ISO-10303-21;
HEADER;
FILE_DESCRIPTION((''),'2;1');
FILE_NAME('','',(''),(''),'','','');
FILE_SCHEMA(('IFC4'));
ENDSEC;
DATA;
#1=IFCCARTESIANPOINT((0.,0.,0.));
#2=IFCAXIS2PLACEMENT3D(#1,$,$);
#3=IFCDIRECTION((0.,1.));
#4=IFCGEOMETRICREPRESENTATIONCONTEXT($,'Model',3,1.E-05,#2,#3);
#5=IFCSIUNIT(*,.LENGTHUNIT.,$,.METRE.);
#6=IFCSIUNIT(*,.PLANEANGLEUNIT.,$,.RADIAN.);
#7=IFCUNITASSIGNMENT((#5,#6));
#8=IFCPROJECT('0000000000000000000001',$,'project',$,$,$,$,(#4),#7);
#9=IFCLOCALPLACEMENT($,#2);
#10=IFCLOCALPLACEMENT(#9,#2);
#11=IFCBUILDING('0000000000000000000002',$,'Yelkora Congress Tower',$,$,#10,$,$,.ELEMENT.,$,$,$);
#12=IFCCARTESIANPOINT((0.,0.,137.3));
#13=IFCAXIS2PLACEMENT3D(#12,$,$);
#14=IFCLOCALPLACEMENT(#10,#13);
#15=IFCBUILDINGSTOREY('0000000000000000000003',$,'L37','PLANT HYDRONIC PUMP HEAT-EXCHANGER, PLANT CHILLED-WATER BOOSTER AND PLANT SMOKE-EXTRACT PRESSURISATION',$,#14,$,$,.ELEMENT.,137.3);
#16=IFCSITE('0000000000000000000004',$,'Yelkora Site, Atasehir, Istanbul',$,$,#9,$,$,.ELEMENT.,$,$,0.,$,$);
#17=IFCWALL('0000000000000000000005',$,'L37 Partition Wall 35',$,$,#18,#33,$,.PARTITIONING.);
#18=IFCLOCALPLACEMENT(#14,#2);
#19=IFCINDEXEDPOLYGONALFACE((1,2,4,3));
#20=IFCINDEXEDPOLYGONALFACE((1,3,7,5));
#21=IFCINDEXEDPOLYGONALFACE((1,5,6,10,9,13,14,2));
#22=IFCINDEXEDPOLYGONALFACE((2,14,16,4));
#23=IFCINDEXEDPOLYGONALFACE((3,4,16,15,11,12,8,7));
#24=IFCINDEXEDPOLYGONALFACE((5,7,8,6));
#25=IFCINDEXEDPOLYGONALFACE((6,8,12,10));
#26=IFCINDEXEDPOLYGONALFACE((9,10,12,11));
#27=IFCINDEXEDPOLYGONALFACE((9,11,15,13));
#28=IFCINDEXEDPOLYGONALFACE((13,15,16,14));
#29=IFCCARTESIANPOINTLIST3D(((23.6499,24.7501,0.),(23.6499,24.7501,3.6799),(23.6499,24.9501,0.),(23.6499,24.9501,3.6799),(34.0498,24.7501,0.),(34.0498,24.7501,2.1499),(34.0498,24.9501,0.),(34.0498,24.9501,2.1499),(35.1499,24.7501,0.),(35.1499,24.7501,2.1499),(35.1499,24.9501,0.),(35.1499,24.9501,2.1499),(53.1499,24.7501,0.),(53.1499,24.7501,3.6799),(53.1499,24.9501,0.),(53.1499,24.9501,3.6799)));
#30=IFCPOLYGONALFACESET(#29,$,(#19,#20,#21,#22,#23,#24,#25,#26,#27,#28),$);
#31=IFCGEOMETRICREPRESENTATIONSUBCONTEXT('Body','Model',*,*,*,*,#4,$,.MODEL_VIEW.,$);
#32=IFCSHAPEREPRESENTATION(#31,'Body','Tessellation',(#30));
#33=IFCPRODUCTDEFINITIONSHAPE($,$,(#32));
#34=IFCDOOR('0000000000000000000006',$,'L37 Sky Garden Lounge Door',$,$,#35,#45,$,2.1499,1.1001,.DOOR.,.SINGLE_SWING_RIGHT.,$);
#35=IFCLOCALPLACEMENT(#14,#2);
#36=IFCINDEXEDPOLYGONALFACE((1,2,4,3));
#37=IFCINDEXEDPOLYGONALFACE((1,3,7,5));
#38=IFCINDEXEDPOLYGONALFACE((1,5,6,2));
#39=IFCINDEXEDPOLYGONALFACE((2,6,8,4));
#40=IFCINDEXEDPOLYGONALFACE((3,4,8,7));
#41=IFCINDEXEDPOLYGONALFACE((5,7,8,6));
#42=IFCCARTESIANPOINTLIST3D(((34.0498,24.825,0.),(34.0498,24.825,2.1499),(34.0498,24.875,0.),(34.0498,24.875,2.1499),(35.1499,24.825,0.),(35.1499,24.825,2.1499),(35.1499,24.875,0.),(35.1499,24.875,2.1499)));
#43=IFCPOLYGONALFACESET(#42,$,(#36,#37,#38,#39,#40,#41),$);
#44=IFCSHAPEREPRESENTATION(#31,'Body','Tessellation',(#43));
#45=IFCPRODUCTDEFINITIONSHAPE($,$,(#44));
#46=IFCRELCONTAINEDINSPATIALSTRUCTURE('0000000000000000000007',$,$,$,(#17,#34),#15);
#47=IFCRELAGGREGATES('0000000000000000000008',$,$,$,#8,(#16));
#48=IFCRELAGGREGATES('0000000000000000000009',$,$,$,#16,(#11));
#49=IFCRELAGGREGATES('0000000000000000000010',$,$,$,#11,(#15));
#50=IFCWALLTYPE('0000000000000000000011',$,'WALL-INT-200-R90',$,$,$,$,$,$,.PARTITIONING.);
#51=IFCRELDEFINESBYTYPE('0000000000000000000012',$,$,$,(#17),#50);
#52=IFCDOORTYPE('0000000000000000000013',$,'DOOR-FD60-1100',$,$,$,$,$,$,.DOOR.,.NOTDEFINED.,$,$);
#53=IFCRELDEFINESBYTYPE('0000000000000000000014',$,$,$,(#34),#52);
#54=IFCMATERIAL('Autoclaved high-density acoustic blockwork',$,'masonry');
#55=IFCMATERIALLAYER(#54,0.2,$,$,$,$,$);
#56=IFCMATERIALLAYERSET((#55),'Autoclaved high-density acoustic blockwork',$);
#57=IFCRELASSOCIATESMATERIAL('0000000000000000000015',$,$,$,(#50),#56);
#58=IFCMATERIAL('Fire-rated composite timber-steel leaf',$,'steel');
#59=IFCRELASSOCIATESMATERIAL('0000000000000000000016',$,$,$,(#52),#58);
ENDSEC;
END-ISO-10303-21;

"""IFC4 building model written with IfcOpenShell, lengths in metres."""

from ifc_helpers import new_model, si_unit, direction, frame, frame_2d, origin, place, context, subcontext, project, spatial, rectangle, extrude, material, layer, layer_set, type_object, element, fill, save


model = new_model("IFC4")

# Units and contexts
model_context = context("Model", 3, precision=1e-05, world=origin(), true_north=direction((0.0, 1.0)))
body_context = subcontext(model_context, "Body", "Model", "MODEL_VIEW")
ifc_project = project(units=[si_unit("LENGTHUNIT", "METRE"), si_unit("PLANEANGLEUNIT", "RADIAN")], contexts=[model_context])

# Site, building, storey
site_placement = place(None, origin())
site = spatial("IfcSite", under=ifc_project, at=site_placement, Name="Yelkora Site, Atasehir, Istanbul", CompositionType="ELEMENT", RefElevation=0.0)
building_placement = place(site_placement, origin())
building = spatial("IfcBuilding", under=site, at=building_placement, Name="Yelkora Congress Tower", CompositionType="ELEMENT")
storey_placement = place(building_placement, frame((0.0, 0.0, 137.3)))
storey = spatial("IfcBuildingStorey", under=building, at=storey_placement, Name="L37", Description="PLANT HYDRONIC PUMP HEAT-EXCHANGER, PLANT CHILLED-WATER BOOSTER AND PLANT SMOKE-EXTRACT PRESSURISATION", CompositionType="ELEMENT", Elevation=137.3)

# Wall, opening, door
ifc_material_1 = material(Name="Autoclaved high-density acoustic blockwork", Category="masonry")
ifc_layer_1 = layer(ifc_material_1, 0.2)
ifc_layer_set_1 = layer_set([ifc_layer_1], Name="Autoclaved high-density acoustic blockwork")
wall_type_1 = type_object("IfcWallType", Name="WALL-INT-200-R90", PredefinedType="PARTITIONING", material=ifc_layer_set_1)
wall_1_placement = place(storey_placement, frame((23.6499, 24.8501, 0.0), z_axis=(0.0, 0.0, 1.0), x_axis=(1.0, 0.0, 0.0)))
wall_1 = element("IfcWall", 1, at=wall_1_placement, inside=storey, type_object=wall_type_1, Name="L37 Partition Wall 35", PredefinedType="PARTITIONING", context=body_context, shape_type="SweptSolid", body=[
    extrude(rectangle(XDim=29.5, YDim=0.2, at=frame_2d((14.75, 0.0))), origin(), (0.0, 0.0, 1.0), 3.6799),
])
opening_1_placement = place(wall_1_placement, frame((10.3999, 0.0, 0.0)))
opening_1 = element("IfcOpeningElement", 2, at=opening_1_placement, cuts=wall_1, PredefinedType="OPENING", context=body_context, shape_type="SweptSolid", body=[
    extrude(rectangle(XDim=1.1001, YDim=2.1499, at=frame_2d((0.55, 1.075))), frame((0.0, 0.1099, 0.0), z_axis=(0.0, -1.0, 0.0), x_axis=(1.0, 0.0, 0.0)), (0.0, 0.0, 1.0), 0.22),
])
ifc_material_2 = material(Name="Fire-rated composite timber-steel leaf", Category="steel")
door_type_1 = type_object("IfcDoorType", Name="DOOR-FD60-1100", OperationType="NOTDEFINED", PredefinedType="DOOR", material=ifc_material_2)
door_1_placement = place(opening_1_placement, origin())
door_1 = element("IfcDoor", 3, at=door_1_placement, inside=storey, type_object=door_type_1, Name="L37 Sky Garden Lounge Door", OperationType="SINGLE_SWING_RIGHT", OverallHeight=2.1499, OverallWidth=1.1001, PredefinedType="DOOR", context=body_context, shape_type="SweptSolid", body=[
    extrude(rectangle(XDim=1.1001, YDim=2.1499, at=frame_2d((0.55, 1.075))), frame((0.0, 0.0249, 0.0), z_axis=(0.0, -1.0, 0.0), x_axis=(1.0, 0.0, 0.0)), (0.0, 0.0, 1.0), 0.05),
])
fill(opening_1, door_1)

save(model, "model.ifc")
